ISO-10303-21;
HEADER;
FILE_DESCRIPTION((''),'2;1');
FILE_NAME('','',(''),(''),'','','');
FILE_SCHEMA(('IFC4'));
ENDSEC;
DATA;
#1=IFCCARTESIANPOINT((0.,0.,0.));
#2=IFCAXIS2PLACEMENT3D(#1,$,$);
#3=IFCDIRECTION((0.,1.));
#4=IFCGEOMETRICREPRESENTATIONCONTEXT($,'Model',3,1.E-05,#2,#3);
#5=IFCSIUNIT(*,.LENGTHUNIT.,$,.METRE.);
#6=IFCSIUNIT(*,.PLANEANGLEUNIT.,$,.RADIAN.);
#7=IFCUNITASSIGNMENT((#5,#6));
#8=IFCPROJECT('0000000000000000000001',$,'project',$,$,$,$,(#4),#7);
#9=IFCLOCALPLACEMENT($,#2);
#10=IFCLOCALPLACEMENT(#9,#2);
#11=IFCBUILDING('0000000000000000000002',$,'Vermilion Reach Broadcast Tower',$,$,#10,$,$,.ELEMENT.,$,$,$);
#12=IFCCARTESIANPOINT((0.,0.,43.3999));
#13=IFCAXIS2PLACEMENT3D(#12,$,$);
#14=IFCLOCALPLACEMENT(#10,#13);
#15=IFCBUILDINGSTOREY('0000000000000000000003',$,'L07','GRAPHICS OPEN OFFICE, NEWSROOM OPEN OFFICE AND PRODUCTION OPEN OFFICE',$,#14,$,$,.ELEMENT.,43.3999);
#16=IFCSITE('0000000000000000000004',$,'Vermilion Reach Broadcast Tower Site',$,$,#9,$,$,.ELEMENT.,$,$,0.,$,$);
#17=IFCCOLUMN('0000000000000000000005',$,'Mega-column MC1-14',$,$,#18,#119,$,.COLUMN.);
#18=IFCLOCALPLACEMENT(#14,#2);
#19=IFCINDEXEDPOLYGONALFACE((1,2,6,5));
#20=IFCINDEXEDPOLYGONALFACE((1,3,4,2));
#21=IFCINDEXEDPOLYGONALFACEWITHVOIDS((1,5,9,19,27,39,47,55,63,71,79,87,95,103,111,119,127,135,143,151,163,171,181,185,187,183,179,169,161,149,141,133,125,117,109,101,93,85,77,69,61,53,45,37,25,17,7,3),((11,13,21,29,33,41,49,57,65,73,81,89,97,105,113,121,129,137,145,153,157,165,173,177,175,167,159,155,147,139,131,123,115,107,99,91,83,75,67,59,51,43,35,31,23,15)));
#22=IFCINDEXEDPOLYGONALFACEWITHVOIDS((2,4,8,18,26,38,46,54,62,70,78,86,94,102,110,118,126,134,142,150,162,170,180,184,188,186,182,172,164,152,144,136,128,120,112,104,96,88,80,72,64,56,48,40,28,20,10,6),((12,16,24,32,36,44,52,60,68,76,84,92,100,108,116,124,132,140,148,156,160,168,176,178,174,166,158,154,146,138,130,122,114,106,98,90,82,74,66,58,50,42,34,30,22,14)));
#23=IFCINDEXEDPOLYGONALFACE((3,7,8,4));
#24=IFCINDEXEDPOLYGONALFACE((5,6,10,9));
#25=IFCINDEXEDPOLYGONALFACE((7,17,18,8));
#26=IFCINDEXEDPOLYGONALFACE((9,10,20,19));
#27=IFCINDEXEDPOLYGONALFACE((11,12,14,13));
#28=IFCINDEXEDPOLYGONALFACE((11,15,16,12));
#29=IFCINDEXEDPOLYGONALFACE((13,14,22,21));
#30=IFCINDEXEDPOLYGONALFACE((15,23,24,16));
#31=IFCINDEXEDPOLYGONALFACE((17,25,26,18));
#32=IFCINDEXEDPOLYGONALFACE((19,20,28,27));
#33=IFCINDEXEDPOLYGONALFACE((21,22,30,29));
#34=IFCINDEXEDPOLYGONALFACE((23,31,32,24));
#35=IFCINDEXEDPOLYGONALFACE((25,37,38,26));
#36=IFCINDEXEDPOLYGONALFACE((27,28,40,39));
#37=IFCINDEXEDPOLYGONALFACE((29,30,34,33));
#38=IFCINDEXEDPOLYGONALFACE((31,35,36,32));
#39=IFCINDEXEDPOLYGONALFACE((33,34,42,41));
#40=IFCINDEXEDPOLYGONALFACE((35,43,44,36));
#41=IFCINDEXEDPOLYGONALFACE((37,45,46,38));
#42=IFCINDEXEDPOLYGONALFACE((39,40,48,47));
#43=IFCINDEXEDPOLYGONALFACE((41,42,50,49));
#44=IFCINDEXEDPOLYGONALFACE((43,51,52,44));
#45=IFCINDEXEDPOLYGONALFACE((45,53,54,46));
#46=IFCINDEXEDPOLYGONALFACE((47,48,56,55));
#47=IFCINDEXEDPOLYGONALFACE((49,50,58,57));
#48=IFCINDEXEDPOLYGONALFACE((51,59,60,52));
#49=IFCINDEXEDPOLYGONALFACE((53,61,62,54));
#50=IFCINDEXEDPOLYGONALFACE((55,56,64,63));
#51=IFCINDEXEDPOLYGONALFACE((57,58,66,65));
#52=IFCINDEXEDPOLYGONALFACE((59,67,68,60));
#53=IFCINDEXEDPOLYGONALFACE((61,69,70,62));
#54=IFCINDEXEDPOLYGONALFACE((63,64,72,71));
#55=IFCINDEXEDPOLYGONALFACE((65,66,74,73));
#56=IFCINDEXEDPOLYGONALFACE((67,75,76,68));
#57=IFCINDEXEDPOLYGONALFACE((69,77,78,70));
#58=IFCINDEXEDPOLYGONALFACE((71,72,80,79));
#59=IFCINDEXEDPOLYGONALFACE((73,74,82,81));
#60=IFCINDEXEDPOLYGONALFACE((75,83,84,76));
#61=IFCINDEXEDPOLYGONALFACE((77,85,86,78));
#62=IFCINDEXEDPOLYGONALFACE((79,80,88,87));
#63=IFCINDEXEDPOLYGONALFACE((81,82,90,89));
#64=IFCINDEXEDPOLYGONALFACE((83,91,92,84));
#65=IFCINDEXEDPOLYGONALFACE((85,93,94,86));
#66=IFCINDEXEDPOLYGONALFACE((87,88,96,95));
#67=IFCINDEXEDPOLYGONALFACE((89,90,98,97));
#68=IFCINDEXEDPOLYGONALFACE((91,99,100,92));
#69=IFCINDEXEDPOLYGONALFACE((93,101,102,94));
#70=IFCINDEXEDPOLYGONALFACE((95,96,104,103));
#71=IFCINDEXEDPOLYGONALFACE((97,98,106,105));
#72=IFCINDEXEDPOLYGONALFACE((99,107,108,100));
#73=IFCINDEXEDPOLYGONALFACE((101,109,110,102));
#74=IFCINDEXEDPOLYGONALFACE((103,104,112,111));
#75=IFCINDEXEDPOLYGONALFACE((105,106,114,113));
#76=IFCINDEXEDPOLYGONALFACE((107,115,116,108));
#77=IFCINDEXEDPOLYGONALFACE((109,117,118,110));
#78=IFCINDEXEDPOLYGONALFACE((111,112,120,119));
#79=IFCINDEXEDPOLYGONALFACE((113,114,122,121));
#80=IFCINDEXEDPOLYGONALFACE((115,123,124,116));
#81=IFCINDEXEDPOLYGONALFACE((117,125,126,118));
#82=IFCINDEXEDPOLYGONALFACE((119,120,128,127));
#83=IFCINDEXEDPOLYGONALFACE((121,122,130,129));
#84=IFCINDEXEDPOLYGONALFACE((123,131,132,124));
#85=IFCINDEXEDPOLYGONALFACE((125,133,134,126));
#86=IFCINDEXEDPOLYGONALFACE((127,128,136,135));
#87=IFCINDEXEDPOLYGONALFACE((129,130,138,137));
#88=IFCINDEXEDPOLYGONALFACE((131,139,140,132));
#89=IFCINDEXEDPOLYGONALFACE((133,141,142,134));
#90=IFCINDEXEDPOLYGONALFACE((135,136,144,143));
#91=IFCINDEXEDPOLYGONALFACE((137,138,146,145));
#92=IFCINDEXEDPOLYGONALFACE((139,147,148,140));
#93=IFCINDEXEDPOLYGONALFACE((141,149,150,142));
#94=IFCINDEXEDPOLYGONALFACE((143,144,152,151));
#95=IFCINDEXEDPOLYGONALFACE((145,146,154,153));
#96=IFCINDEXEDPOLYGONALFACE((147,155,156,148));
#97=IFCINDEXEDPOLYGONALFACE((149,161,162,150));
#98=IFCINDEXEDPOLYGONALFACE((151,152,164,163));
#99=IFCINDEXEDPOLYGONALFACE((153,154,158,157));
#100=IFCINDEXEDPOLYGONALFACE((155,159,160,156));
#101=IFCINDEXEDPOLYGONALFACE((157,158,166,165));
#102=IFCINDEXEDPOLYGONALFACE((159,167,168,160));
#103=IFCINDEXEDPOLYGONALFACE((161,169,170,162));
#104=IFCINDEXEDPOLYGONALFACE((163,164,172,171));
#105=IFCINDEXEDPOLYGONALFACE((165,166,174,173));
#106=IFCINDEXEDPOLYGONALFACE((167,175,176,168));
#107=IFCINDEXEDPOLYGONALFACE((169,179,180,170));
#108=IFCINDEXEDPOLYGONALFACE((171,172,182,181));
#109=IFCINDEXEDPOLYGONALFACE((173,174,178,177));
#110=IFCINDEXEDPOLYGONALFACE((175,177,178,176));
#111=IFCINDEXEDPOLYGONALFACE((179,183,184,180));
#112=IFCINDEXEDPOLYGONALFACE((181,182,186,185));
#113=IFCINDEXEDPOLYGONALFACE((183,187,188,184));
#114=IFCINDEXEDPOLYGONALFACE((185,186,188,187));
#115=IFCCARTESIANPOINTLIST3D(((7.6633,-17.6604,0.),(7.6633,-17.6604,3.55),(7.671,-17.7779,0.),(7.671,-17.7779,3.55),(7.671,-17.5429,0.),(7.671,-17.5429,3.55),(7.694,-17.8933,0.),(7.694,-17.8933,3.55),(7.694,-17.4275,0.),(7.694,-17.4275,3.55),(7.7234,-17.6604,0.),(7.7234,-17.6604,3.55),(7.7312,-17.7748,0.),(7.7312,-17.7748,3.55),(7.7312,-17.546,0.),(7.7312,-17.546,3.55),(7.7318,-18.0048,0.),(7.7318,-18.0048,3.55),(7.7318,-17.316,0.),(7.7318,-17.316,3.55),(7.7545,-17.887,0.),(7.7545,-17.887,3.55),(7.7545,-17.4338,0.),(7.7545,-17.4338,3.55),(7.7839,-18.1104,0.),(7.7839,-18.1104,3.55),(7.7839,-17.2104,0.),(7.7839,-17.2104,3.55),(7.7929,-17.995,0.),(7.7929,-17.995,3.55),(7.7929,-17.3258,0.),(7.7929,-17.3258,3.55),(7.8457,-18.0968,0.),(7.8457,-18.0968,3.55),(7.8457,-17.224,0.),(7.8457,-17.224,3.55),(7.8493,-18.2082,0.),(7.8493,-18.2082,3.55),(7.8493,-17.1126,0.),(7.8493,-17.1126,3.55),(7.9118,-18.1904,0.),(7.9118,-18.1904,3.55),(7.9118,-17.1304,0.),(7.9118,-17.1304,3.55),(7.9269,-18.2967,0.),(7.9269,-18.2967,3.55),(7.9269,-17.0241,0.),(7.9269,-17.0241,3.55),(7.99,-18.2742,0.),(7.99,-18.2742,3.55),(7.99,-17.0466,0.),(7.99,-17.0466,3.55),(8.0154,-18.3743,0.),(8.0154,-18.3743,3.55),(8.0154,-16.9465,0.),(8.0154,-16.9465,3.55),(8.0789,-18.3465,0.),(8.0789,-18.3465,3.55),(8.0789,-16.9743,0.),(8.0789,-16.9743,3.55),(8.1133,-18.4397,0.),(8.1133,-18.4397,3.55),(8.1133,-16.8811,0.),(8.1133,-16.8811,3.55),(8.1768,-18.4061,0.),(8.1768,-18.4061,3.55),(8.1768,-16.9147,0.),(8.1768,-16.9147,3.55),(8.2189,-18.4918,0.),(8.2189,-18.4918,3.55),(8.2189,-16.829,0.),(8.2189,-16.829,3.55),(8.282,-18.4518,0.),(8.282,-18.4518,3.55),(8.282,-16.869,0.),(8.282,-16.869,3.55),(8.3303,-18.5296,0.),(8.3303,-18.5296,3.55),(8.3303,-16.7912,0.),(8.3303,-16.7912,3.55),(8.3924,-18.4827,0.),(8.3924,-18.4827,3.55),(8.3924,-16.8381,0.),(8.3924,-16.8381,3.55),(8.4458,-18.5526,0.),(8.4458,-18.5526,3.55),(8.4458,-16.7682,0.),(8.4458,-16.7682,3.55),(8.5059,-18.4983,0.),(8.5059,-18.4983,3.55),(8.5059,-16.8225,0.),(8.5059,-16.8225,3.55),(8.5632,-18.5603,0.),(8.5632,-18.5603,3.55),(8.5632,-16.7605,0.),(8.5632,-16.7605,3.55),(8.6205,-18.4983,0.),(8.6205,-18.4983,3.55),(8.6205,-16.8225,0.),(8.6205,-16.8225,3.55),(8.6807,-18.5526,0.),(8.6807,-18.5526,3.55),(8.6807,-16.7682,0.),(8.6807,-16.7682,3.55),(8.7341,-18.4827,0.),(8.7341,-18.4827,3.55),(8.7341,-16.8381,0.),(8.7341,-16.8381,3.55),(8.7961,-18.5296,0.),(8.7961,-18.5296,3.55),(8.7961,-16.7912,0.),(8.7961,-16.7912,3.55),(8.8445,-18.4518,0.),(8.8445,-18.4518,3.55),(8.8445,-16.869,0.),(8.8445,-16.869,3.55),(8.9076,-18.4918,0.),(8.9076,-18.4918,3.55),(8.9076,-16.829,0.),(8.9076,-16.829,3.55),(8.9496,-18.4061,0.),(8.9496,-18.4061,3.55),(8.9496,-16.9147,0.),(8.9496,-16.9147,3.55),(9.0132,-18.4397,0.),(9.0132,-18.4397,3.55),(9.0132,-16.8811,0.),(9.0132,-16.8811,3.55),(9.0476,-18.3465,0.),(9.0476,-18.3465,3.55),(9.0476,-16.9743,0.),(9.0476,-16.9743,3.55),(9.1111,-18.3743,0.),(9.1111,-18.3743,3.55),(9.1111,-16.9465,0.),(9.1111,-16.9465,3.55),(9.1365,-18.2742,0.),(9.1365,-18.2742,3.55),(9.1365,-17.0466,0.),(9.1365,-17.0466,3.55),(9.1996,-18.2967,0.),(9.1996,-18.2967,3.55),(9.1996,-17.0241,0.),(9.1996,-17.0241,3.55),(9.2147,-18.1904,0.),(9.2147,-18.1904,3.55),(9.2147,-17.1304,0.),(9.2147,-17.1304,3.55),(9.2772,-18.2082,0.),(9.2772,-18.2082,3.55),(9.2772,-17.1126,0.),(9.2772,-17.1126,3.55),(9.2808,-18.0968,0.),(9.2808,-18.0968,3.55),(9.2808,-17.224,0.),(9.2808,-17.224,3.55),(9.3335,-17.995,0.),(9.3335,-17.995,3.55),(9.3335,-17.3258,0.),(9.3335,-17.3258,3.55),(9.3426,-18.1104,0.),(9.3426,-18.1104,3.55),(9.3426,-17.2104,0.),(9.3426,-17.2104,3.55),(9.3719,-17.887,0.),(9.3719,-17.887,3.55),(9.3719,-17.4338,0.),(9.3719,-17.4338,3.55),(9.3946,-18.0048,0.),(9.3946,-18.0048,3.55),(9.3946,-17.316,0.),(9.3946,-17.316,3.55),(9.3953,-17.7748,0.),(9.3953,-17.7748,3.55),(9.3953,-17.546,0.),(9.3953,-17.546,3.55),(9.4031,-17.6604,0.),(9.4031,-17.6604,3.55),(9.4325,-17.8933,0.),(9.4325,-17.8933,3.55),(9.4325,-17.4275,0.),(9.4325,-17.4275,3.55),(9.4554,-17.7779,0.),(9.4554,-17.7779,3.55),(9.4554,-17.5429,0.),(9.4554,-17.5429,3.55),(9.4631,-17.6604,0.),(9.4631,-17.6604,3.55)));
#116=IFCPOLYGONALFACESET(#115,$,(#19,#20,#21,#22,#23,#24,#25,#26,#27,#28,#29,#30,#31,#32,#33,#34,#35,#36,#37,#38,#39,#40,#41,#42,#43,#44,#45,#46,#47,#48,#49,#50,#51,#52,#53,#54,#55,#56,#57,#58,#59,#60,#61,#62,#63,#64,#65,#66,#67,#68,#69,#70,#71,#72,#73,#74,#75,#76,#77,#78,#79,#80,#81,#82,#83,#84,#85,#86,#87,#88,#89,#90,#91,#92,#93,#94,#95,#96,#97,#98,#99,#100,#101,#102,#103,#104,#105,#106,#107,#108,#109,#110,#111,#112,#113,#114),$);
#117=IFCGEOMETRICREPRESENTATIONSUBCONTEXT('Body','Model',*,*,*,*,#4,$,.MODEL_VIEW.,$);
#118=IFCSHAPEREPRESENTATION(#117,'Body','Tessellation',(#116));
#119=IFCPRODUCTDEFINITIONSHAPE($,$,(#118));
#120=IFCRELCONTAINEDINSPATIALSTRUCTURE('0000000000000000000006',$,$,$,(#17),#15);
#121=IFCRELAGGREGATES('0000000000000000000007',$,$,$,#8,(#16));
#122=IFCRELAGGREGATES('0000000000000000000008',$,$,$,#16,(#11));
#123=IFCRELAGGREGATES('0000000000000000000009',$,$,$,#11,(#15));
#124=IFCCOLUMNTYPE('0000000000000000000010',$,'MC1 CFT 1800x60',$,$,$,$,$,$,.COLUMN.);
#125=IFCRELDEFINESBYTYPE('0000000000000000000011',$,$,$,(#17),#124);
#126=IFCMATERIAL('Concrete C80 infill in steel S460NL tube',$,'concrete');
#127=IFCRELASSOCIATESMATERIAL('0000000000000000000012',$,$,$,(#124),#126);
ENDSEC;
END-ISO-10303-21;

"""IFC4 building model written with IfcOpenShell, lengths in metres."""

from ifc_helpers import new_model, si_unit, direction, frame, origin, origin_2d, place, context, subcontext, project, spatial, hollow_circle, extrude, material, material_profile, profile_set, type_object, element, save


model = new_model("IFC4")

# Units and contexts
model_context = context("Model", 3, precision=1e-05, world=origin(), true_north=direction((0.0, 1.0)))
body_context = subcontext(model_context, "Body", "Model", "MODEL_VIEW")
ifc_project = project(units=[si_unit("LENGTHUNIT", "METRE"), si_unit("PLANEANGLEUNIT", "RADIAN")], contexts=[model_context])

# Site, building, storey
site_placement = place(None, origin())
site = spatial("IfcSite", under=ifc_project, at=site_placement, Name="Vermilion Reach Broadcast Tower Site", CompositionType="ELEMENT", RefElevation=0.0)
building_placement = place(site_placement, origin())
building = spatial("IfcBuilding", under=site, at=building_placement, Name="Vermilion Reach Broadcast Tower", CompositionType="ELEMENT")
storey_placement = place(building_placement, frame((0.0, 0.0, 43.3999)))
storey = spatial("IfcBuildingStorey", under=building, at=storey_placement, Name="L07", Description="GRAPHICS OPEN OFFICE, NEWSROOM OPEN OFFICE AND PRODUCTION OPEN OFFICE", CompositionType="ELEMENT", Elevation=43.3999)

# Column
ifc_material_1 = material(Name="Concrete C80 infill in steel S460NL tube", Category="concrete")
ifc_material_profile_1 = material_profile(ifc_material_1, hollow_circle(Radius=0.8999, WallThickness=0.0601, at=origin_2d()), Name="Concrete C80 infill in steel S460NL tube CFT 1800x60")
ifc_profile_set_1 = profile_set([ifc_material_profile_1], Name="Concrete C80 infill in steel S460NL tube")
column_type = type_object("IfcColumnType", Name="MC1 CFT 1800x60", PredefinedType="COLUMN", material=ifc_profile_set_1)
for number, where, z_axis, x_axis, name in (
    (1, (8.5632, -17.6604, 0.0), (0.0, 0.0, 1.0), (1.0, 0.0, 0.0), "Mega-column MC1-14"),
):
    element("IfcColumn", number, at=place(storey_placement, frame(where, z_axis=z_axis, x_axis=x_axis)), inside=storey, type_object=column_type, Name=name, PredefinedType="COLUMN", context=body_context, shape_type="SweptSolid", body=[
        extrude(hollow_circle(Radius=0.8999, WallThickness=0.0601, at=origin_2d()), origin(), (0.0, 0.0, 1.0), 3.55),
    ])

save(model, "model.ifc")
